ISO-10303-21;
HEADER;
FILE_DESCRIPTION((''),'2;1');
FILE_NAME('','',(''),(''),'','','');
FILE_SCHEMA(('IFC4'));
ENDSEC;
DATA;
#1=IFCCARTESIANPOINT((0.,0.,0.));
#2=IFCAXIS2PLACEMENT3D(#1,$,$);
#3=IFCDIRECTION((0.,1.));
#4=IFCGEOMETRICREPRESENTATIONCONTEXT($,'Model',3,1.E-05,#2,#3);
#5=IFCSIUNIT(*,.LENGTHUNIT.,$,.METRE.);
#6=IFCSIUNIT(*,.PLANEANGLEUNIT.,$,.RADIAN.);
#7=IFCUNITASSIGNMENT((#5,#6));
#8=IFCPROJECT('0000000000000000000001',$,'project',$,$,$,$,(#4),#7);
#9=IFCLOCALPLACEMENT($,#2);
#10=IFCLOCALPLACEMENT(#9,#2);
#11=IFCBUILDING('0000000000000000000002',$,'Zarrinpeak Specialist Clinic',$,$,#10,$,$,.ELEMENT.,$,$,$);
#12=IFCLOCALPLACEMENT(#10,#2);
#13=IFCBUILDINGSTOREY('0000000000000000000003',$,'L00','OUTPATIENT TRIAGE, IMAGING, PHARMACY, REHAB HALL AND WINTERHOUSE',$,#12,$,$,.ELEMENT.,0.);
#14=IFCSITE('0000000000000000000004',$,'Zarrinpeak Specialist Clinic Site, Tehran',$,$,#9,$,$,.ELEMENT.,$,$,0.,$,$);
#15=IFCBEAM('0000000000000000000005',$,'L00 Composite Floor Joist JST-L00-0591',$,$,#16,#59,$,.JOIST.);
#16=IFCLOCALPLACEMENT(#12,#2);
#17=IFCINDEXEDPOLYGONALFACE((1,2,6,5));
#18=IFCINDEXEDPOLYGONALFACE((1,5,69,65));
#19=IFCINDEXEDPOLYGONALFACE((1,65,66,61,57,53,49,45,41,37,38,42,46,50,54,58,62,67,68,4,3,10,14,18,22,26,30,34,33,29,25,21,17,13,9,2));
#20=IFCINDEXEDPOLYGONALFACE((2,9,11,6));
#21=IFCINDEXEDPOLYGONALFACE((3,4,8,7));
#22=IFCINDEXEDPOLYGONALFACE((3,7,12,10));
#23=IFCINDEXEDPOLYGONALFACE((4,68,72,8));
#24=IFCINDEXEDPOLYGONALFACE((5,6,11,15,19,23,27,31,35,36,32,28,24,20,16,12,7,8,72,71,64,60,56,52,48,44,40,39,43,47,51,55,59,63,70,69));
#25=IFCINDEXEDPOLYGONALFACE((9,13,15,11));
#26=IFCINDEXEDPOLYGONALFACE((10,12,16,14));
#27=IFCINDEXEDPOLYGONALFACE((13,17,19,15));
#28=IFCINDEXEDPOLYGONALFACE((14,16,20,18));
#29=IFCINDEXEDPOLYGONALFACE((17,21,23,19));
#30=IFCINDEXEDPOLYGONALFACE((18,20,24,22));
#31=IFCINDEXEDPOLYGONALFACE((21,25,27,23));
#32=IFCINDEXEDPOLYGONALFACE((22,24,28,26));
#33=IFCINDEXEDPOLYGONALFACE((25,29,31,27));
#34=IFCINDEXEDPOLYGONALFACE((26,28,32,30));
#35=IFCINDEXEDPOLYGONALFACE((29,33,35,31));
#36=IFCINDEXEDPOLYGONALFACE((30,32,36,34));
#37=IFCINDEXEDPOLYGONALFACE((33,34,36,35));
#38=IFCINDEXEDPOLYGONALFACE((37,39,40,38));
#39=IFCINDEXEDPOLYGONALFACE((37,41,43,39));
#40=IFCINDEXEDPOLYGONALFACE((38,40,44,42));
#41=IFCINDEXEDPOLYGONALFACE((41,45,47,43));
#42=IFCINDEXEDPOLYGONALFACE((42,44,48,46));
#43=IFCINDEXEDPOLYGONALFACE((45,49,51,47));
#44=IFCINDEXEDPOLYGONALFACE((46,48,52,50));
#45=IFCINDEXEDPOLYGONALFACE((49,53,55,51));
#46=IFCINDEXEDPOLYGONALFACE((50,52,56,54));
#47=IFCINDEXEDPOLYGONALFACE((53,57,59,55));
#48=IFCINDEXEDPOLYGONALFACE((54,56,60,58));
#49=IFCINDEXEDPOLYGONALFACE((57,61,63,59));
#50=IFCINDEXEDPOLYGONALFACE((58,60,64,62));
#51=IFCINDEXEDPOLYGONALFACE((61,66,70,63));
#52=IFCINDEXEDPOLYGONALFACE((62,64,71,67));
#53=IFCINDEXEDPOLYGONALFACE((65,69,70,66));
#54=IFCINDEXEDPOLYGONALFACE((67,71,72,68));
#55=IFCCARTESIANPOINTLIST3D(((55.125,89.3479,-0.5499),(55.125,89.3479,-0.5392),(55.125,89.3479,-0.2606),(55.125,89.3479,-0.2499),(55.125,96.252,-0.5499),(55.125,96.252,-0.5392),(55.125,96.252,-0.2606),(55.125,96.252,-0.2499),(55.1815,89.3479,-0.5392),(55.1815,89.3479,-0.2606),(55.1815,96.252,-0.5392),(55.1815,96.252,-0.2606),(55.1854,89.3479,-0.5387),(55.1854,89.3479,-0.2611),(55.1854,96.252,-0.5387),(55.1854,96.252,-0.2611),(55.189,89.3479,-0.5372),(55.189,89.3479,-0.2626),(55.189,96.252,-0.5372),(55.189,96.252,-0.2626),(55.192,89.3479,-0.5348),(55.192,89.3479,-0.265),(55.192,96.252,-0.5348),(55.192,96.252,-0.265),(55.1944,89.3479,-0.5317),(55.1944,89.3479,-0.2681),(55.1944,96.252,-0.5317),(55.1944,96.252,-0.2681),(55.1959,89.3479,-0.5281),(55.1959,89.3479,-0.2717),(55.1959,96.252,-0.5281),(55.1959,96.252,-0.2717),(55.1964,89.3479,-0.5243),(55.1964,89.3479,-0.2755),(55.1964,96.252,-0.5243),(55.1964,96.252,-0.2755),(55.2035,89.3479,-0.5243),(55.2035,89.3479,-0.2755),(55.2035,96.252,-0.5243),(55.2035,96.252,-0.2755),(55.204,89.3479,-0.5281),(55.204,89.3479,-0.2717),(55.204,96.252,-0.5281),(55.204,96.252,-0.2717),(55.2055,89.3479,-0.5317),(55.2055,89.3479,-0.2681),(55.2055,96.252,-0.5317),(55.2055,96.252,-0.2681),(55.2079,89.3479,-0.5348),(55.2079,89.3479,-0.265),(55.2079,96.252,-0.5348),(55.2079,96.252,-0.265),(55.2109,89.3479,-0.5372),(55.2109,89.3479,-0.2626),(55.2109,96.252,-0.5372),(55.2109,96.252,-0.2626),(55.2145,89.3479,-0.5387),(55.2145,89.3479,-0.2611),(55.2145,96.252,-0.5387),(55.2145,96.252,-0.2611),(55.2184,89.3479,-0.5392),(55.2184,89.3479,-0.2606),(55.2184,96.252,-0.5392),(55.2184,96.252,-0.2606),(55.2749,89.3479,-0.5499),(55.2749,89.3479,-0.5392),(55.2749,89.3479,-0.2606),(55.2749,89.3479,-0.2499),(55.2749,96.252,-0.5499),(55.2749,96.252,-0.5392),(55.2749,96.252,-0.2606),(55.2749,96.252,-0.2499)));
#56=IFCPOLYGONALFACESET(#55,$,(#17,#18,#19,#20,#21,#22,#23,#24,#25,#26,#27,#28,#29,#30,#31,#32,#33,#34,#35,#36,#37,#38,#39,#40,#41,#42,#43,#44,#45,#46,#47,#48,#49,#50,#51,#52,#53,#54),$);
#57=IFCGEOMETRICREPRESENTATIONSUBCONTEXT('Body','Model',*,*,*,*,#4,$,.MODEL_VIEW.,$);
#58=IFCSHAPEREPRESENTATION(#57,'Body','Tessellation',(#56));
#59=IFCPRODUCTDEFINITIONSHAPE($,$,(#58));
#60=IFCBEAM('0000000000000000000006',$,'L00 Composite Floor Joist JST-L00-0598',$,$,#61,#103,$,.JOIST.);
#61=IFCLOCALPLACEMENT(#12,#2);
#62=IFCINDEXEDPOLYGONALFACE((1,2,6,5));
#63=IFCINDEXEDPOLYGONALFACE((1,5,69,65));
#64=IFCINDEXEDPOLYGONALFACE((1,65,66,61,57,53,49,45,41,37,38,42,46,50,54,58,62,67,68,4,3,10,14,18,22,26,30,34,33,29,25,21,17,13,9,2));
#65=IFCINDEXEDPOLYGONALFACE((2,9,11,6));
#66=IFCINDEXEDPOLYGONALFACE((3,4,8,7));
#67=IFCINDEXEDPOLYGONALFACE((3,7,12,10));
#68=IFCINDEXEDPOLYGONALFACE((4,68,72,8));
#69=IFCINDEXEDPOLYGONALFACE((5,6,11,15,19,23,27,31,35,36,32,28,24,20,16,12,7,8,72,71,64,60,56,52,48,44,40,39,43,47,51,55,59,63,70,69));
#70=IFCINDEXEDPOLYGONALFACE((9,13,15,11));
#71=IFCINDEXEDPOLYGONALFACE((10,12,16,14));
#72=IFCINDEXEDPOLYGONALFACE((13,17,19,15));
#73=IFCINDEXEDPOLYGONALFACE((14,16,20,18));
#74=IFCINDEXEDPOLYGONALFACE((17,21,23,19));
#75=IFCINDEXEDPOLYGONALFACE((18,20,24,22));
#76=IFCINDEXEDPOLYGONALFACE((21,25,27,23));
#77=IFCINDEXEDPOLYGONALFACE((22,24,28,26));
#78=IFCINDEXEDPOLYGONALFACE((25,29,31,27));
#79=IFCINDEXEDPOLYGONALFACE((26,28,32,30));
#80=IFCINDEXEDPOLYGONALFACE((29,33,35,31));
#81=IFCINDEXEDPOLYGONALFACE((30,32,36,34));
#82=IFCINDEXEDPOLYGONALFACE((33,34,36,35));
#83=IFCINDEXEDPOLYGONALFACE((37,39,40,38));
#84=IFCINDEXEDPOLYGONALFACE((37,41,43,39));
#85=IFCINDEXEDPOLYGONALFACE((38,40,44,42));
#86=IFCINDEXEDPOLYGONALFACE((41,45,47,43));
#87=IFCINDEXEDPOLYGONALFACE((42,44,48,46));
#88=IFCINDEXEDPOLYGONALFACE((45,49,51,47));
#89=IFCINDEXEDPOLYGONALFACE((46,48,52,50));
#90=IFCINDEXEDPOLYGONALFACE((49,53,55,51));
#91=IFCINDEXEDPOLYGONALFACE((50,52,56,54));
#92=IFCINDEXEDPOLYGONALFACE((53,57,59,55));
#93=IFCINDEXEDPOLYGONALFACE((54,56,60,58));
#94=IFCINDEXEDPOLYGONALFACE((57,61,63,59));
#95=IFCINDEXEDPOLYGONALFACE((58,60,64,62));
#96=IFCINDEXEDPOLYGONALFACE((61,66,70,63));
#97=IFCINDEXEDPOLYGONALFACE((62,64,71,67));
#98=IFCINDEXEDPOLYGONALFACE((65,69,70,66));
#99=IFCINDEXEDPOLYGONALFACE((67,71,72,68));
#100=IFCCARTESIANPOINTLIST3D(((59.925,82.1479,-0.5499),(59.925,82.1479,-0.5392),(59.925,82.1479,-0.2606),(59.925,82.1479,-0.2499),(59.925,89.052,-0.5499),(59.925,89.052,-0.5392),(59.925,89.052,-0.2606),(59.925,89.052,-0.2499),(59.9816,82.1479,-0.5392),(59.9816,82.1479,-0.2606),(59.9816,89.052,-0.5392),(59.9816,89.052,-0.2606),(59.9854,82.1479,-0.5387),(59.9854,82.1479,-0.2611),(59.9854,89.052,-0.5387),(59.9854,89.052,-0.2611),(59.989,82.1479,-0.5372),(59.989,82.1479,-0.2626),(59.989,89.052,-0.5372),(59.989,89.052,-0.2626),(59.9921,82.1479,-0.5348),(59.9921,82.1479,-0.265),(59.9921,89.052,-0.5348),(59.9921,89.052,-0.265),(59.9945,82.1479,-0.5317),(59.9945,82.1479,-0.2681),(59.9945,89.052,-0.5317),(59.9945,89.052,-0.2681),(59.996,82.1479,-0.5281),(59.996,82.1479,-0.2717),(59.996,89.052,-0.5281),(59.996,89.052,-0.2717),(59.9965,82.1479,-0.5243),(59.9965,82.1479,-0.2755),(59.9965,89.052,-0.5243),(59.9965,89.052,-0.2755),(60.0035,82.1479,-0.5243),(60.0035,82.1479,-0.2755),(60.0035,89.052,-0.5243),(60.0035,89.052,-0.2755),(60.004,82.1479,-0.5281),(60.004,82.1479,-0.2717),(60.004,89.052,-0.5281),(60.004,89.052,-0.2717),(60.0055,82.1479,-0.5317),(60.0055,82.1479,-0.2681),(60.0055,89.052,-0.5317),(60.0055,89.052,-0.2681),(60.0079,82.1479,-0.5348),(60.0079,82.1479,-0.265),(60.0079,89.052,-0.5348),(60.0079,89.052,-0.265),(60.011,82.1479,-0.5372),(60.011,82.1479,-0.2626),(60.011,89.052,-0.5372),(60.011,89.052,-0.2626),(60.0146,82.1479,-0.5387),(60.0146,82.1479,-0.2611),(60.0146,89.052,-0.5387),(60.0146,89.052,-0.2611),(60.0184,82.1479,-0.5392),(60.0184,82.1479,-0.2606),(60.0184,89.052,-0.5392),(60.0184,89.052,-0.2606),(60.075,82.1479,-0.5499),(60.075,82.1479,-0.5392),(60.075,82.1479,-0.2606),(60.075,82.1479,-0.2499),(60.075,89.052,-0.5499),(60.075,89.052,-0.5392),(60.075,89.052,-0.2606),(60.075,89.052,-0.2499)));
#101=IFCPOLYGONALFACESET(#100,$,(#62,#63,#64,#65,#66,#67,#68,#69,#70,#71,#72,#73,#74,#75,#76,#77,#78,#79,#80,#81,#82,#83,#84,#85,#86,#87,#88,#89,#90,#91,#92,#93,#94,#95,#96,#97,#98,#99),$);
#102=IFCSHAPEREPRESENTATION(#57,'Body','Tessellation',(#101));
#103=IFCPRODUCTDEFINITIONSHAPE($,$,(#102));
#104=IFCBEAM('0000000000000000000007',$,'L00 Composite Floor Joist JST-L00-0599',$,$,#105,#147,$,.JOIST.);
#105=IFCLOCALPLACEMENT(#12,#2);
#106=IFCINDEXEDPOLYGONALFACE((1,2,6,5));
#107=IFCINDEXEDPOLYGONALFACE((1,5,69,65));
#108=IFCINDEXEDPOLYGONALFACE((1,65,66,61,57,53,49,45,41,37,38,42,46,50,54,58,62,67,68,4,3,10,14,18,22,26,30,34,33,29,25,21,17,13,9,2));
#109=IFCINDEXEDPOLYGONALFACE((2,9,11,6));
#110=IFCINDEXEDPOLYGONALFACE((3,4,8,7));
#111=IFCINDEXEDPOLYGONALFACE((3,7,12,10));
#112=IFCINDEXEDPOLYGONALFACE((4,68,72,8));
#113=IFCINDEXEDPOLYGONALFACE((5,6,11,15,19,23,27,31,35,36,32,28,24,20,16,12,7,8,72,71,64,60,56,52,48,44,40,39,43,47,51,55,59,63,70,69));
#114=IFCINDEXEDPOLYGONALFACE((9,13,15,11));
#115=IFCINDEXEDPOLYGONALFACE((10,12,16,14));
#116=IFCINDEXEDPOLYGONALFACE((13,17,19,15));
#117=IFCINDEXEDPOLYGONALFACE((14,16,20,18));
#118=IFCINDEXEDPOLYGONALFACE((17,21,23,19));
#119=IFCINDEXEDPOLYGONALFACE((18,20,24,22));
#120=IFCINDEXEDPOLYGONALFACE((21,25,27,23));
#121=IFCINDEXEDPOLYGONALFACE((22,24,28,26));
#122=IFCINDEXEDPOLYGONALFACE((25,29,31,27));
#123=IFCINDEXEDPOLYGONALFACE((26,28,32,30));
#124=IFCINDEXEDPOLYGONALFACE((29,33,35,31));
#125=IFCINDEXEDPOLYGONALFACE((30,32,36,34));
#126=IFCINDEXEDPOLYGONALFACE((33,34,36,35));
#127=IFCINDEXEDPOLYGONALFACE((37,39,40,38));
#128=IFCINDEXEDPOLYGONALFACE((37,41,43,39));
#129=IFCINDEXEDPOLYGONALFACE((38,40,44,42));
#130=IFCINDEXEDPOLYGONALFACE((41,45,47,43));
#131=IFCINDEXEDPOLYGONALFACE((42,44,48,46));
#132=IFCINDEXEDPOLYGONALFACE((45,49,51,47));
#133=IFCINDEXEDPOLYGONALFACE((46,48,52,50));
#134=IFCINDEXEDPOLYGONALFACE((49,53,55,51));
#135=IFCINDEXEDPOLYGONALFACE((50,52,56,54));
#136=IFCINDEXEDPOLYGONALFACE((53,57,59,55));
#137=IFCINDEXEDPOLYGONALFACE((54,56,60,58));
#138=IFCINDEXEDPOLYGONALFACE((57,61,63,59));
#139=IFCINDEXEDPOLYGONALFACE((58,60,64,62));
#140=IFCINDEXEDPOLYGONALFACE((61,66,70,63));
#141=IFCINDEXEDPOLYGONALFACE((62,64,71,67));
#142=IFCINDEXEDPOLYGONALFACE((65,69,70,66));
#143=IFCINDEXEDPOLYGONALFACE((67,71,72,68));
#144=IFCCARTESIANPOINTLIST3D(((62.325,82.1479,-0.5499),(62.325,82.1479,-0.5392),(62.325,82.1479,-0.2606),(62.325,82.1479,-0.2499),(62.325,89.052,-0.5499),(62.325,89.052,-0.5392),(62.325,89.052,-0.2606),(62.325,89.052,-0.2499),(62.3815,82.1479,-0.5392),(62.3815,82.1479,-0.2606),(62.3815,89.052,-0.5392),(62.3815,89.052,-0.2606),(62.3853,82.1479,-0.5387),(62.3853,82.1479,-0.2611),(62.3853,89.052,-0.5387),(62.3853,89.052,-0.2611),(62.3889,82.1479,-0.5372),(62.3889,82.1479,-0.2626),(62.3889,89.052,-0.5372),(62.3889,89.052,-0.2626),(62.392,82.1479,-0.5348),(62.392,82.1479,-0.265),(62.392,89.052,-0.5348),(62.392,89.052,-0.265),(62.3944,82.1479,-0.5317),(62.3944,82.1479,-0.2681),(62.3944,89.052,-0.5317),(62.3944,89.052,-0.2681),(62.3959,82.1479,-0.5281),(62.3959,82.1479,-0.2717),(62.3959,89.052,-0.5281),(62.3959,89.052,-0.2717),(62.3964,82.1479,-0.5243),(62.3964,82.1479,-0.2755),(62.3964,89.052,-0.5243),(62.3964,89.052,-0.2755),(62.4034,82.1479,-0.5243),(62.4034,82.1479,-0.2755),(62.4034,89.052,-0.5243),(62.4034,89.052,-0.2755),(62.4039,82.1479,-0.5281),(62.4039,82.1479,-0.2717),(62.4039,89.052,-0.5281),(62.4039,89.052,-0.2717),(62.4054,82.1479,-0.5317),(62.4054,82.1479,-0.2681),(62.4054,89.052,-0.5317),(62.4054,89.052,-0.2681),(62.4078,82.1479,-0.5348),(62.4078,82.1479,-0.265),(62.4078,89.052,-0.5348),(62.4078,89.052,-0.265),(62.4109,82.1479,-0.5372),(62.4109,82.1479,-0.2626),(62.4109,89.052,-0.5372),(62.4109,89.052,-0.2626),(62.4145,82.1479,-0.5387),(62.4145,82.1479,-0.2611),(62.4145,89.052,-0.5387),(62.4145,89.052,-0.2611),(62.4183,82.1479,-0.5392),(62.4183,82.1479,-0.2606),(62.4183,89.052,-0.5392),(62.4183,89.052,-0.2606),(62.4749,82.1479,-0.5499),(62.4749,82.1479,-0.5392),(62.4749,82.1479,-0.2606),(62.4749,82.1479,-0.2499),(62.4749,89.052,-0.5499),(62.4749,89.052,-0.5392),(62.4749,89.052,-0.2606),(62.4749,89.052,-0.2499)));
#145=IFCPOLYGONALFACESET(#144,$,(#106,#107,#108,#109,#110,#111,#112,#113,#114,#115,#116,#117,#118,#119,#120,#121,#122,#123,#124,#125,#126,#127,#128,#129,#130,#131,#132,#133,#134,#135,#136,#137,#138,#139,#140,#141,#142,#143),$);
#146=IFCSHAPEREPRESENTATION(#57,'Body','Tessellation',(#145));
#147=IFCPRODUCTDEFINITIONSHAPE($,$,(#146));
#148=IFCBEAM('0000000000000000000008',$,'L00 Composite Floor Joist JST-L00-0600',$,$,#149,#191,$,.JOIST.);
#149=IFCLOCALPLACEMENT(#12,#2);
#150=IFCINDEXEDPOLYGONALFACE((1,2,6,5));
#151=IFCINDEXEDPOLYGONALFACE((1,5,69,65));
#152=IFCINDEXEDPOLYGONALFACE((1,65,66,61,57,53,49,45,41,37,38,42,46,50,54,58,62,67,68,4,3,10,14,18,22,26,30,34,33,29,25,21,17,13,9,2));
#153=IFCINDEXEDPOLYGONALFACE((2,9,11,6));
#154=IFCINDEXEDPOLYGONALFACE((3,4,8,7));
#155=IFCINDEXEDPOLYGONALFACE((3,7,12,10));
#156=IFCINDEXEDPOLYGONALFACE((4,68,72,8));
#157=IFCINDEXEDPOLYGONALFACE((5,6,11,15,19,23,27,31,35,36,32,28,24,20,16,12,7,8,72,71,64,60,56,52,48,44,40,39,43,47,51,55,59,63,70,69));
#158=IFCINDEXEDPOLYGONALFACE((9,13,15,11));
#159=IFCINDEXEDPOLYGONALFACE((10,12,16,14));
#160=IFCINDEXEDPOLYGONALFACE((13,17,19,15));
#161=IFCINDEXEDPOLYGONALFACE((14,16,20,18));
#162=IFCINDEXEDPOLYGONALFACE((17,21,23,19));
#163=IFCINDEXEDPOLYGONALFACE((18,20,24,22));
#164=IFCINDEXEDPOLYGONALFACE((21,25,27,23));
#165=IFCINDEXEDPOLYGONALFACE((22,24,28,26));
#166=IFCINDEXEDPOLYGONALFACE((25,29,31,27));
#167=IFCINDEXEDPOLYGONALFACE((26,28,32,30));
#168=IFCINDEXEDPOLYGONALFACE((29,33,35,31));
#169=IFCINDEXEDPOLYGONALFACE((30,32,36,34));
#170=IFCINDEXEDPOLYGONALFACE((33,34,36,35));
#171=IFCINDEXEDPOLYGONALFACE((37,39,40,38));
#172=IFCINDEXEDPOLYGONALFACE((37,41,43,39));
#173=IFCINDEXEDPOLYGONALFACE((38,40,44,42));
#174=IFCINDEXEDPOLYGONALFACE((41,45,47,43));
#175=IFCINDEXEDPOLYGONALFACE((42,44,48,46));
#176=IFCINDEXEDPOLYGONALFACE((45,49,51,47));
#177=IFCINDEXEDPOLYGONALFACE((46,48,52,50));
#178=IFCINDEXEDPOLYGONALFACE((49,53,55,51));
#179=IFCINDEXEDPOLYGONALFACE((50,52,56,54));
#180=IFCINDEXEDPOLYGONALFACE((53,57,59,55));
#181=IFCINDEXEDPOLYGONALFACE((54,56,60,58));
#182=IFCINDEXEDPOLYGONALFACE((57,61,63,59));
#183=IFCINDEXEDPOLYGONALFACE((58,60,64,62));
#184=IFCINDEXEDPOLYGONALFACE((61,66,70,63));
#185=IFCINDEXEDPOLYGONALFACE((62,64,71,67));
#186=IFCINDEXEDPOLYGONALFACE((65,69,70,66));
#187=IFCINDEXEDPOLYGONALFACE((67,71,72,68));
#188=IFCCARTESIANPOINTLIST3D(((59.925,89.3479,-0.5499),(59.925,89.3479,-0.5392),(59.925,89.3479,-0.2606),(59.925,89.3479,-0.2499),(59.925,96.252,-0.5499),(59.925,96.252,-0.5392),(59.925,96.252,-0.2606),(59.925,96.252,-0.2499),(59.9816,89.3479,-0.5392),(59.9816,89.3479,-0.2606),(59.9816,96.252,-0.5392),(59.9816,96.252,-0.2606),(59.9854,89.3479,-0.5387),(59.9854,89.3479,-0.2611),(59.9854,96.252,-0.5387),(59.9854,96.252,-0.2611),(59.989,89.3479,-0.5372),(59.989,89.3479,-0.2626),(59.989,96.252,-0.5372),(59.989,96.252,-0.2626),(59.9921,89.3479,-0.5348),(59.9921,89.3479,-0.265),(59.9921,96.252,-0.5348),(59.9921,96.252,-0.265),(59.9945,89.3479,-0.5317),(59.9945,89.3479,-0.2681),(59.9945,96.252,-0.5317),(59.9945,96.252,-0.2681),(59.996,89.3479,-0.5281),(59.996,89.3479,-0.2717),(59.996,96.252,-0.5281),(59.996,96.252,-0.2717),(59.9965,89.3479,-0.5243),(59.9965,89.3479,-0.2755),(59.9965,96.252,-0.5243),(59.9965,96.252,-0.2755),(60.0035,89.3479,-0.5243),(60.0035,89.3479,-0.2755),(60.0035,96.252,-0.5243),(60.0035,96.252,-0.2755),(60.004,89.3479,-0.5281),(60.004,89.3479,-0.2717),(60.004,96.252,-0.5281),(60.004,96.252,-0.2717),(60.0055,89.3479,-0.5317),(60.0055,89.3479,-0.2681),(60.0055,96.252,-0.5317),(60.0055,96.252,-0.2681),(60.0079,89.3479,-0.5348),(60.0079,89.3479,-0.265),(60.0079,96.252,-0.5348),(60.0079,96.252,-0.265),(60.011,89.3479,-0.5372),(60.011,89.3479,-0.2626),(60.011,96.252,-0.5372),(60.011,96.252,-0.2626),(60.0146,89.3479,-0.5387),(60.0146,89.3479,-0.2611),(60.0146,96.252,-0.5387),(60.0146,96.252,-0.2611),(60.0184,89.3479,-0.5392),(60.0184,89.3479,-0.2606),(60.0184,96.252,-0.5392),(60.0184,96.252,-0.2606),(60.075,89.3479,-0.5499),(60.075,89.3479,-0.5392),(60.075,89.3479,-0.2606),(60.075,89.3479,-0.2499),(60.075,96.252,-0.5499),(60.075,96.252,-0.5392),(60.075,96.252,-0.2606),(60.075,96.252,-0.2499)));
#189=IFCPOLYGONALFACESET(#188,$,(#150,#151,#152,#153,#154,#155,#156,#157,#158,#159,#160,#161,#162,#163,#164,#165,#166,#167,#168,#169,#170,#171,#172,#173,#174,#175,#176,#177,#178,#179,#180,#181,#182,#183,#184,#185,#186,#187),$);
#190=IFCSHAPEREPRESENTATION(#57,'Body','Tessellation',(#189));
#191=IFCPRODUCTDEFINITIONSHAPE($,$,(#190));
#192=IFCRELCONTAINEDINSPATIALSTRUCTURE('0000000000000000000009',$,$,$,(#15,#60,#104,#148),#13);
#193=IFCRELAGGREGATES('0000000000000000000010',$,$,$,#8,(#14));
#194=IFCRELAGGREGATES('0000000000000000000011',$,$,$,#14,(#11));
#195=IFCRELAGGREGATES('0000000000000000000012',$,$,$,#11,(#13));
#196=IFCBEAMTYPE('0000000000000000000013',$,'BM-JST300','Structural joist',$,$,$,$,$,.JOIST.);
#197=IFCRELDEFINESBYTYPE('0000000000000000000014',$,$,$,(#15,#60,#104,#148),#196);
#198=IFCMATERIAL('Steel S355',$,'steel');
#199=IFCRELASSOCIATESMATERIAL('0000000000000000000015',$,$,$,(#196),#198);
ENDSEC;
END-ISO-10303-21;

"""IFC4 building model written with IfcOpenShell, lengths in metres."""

from ifc_helpers import new_model, si_unit, direction, frame, origin, origin_2d, place, context, subcontext, project, spatial, i_section, extrude, material, material_profile, profile_set, type_object, element, save


model = new_model("IFC4")

# Units and contexts
model_context = context("Model", 3, precision=1e-05, world=origin(), true_north=direction((0.0, 1.0)))
body_context = subcontext(model_context, "Body", "Model", "MODEL_VIEW")
ifc_project = project(units=[si_unit("LENGTHUNIT", "METRE"), si_unit("PLANEANGLEUNIT", "RADIAN")], contexts=[model_context])

# Site, building, storey
site_placement = place(None, origin())
site = spatial("IfcSite", under=ifc_project, at=site_placement, Name="Zarrinpeak Specialist Clinic Site, Tehran", CompositionType="ELEMENT", RefElevation=0.0)
building_placement = place(site_placement, origin())
building = spatial("IfcBuilding", under=site, at=building_placement, Name="Zarrinpeak Specialist Clinic", CompositionType="ELEMENT")
storey_placement = place(building_placement, origin())
storey = spatial("IfcBuildingStorey", under=building, at=storey_placement, Name="L00", Description="OUTPATIENT TRIAGE, IMAGING, PHARMACY, REHAB HALL AND WINTERHOUSE", CompositionType="ELEMENT", Elevation=0.0)

# Shared definitions
ifc_material_1 = material(Name="Steel S355", Category="steel")

# Beams
ifc_material_profile_1 = material_profile(ifc_material_1, i_section(OverallWidth=0.1499, OverallDepth=0.3, WebThickness=0.0071, FlangeThickness=0.0107, FilletRadius=0.0149, at=origin_2d()), Name="IPE 300")
ifc_profile_set_1 = profile_set([ifc_material_profile_1], Name="Steel S355")
beam_type_1 = type_object("IfcBeamType", Name="BM-JST300", Description="Structural joist", PredefinedType="JOIST", material=ifc_profile_set_1)
for number, where, z_axis, x_axis, name in (
    (1, (55.2, 89.3479, -0.3999), (0.0, 1.0, 0.0), (-1.0, 0.0, 0.0), "L00 Composite Floor Joist JST-L00-0591"),
    (2, (60.0, 82.1479, -0.3999), (0.0, 1.0, 0.0), (-1.0, 0.0, 0.0), "L00 Composite Floor Joist JST-L00-0598"),
    (3, (62.3999, 82.1479, -0.3999), (0.0, 1.0, 0.0), (-1.0, 0.0, 0.0), "L00 Composite Floor Joist JST-L00-0599"),
    (4, (60.0, 89.3479, -0.3999), (0.0, 1.0, 0.0), (-1.0, 0.0, 0.0), "L00 Composite Floor Joist JST-L00-0600"),
):
    element("IfcBeam", number, at=place(storey_placement, frame(where, z_axis=z_axis, x_axis=x_axis)), inside=storey, type_object=beam_type_1, Name=name, PredefinedType="JOIST", context=body_context, shape_type="SweptSolid", body=[
        extrude(i_section(OverallWidth=0.1499, OverallDepth=0.3, WebThickness=0.0071, FlangeThickness=0.0107, FilletRadius=0.0149, at=origin_2d()), origin(), (0.0, 0.0, 1.0), 6.9041),
    ])

save(model, "model.ifc")
